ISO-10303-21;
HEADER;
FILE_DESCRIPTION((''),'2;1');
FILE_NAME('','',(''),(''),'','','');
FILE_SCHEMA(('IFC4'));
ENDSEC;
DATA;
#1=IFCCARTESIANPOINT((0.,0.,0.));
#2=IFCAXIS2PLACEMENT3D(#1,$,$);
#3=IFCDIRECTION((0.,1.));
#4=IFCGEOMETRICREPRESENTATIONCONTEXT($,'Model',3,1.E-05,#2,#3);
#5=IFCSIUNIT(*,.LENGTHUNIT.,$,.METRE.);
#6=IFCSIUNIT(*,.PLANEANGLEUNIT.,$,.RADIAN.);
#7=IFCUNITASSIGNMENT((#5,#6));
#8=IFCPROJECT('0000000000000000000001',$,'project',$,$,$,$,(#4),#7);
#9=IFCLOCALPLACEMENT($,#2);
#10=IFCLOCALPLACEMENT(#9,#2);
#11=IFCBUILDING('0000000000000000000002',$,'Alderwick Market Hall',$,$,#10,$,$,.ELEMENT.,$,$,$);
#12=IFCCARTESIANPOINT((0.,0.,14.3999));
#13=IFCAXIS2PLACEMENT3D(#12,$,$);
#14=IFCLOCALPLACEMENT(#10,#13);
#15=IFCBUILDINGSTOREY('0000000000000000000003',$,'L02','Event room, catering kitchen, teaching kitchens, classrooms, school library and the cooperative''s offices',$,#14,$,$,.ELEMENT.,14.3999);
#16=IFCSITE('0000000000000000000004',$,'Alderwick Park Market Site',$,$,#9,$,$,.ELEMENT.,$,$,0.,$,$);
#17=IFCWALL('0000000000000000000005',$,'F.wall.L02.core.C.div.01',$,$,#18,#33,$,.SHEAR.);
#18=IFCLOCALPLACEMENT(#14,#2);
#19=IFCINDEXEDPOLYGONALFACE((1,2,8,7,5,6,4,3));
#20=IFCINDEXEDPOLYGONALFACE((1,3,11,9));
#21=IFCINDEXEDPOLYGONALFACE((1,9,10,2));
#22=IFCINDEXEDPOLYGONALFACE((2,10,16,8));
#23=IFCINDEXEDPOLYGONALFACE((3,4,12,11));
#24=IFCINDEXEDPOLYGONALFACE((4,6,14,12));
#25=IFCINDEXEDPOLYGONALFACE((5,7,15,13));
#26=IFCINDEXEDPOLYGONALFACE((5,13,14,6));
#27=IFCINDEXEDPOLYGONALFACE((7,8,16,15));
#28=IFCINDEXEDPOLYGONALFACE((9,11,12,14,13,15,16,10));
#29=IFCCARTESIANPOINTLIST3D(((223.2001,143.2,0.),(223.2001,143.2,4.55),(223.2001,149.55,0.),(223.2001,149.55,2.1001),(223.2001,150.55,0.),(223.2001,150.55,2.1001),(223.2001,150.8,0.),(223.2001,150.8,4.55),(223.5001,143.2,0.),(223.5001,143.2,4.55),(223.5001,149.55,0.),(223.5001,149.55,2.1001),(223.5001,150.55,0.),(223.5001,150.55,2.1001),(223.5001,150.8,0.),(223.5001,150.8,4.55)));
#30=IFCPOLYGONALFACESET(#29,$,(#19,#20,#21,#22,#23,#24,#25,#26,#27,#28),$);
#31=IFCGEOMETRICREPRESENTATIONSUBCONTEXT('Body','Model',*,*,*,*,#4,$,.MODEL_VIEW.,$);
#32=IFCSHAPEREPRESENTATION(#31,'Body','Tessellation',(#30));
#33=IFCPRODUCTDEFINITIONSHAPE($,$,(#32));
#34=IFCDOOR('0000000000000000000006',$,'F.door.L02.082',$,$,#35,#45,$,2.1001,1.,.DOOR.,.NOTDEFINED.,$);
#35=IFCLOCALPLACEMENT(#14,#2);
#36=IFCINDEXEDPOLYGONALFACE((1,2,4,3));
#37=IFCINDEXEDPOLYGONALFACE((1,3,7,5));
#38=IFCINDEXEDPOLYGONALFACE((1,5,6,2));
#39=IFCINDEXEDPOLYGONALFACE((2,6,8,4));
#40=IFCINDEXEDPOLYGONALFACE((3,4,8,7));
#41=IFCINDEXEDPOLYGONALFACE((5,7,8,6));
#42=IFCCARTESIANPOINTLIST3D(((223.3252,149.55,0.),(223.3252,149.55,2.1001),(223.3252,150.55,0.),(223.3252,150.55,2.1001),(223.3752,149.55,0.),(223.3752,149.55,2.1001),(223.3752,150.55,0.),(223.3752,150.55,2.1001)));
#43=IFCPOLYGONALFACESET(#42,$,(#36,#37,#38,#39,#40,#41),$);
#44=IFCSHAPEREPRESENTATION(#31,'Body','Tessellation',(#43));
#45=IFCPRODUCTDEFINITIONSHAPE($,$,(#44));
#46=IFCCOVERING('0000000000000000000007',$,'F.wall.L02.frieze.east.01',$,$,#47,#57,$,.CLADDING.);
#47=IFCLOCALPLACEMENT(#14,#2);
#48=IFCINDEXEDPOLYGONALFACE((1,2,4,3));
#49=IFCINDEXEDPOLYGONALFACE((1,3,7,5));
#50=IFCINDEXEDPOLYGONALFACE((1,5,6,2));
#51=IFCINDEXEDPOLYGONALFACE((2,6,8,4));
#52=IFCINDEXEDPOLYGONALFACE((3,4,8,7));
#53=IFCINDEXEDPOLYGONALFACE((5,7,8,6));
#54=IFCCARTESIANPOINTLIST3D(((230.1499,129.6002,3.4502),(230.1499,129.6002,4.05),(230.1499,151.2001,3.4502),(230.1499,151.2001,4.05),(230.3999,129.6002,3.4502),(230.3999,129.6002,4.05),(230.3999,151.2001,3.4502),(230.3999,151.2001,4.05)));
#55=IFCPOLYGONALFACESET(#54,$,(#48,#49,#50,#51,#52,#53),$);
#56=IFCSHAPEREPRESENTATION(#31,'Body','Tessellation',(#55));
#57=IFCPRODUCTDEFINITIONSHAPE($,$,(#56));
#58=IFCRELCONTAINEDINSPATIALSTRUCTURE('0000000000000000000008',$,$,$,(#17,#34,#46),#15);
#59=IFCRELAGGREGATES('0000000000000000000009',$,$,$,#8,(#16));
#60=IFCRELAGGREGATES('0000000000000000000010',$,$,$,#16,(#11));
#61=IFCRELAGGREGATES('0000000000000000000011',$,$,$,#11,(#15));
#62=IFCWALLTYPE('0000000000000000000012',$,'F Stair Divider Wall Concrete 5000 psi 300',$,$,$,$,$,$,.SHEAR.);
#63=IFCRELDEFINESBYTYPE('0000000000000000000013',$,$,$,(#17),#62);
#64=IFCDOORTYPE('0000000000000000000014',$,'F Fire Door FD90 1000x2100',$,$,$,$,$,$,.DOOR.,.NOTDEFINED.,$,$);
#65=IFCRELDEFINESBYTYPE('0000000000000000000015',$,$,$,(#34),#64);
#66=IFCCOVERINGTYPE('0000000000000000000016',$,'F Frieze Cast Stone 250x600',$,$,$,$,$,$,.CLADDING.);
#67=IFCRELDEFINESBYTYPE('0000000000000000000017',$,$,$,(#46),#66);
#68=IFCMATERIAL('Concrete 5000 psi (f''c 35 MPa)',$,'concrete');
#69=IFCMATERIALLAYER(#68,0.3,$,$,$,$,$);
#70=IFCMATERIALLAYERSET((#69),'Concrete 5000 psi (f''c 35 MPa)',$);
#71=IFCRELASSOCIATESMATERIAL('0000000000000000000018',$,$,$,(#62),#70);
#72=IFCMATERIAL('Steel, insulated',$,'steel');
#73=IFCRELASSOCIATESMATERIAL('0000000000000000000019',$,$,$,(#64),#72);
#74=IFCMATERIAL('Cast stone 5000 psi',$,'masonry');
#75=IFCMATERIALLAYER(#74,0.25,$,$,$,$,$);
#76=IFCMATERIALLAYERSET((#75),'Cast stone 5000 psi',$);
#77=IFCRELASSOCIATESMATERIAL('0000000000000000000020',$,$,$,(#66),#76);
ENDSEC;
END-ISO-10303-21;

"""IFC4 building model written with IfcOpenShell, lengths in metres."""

from ifc_helpers import new_model, si_unit, direction, frame, frame_2d, origin, place, context, subcontext, project, spatial, rectangle, extrude, material, layer, layer_set, type_object, element, fill, save


model = new_model("IFC4")

# Units and contexts
model_context = context("Model", 3, precision=1e-05, world=origin(), true_north=direction((0.0, 1.0)))
body_context = subcontext(model_context, "Body", "Model", "MODEL_VIEW")
ifc_project = project(units=[si_unit("LENGTHUNIT", "METRE"), si_unit("PLANEANGLEUNIT", "RADIAN")], contexts=[model_context])

# Site, building, storey
site_placement = place(None, origin())
site = spatial("IfcSite", under=ifc_project, at=site_placement, Name="Alderwick Park Market Site", CompositionType="ELEMENT", RefElevation=0.0)
building_placement = place(site_placement, origin())
building = spatial("IfcBuilding", under=site, at=building_placement, Name="Alderwick Market Hall", CompositionType="ELEMENT")
storey_placement = place(building_placement, frame((0.0, 0.0, 14.3999)))
storey = spatial("IfcBuildingStorey", under=building, at=storey_placement, Name="L02", Description="Event room, catering kitchen, teaching kitchens, classrooms, school library and the cooperative's offices", CompositionType="ELEMENT", Elevation=14.3999)

# Shared definitions
ifc_material_1 = material(Name="Concrete 5000 psi (f'c 35 MPa)", Category="concrete")

# Wall, opening, door
ifc_layer_1 = layer(ifc_material_1, 0.3)
ifc_layer_set_1 = layer_set([ifc_layer_1], Name="Concrete 5000 psi (f'c 35 MPa)")
wall_type_1 = type_object("IfcWallType", Name="F Stair Divider Wall Concrete 5000 psi 300", PredefinedType="SHEAR", material=ifc_layer_set_1)
wall_1_placement = place(storey_placement, frame((223.3501, 143.2, 0.0), z_axis=(0.0, 0.0, 1.0), x_axis=(0.0, 1.0, 0.0)))
wall_1 = element("IfcWall", 1, at=wall_1_placement, inside=storey, type_object=wall_type_1, Name="F.wall.L02.core.C.div.01", PredefinedType="SHEAR", context=body_context, shape_type="SweptSolid", body=[
    extrude(rectangle(XDim=7.6001, YDim=0.3, at=frame_2d((3.8, 0.0))), origin(), (0.0, 0.0, 1.0), 4.55),
])
opening_1_placement = place(wall_1_placement, frame((6.3501, 0.0, 0.0)))
opening_1 = element("IfcOpeningElement", 2, at=opening_1_placement, cuts=wall_1, PredefinedType="OPENING", context=body_context, shape_type="SweptSolid", body=[
    extrude(rectangle(XDim=1.0, YDim=2.1001, at=frame_2d((0.5, 1.05))), frame((0.0, 0.1599, 0.0), z_axis=(0.0, -1.0, 0.0), x_axis=(1.0, 0.0, 0.0)), (0.0, 0.0, 1.0), 0.3201),
])
ifc_material_2 = material(Name="Steel, insulated", Category="steel")
door_type_1 = type_object("IfcDoorType", Name="F Fire Door FD90 1000x2100", OperationType="NOTDEFINED", PredefinedType="DOOR", material=ifc_material_2)
door_1_placement = place(opening_1_placement, origin())
door_1 = element("IfcDoor", 3, at=door_1_placement, inside=storey, type_object=door_type_1, Name="F.door.L02.082", OperationType="NOTDEFINED", OverallHeight=2.1001, OverallWidth=1.0, PredefinedType="DOOR", context=body_context, shape_type="SweptSolid", body=[
    extrude(rectangle(XDim=1.0, YDim=2.1001, at=frame_2d((0.5, 1.05))), frame((0.0, 0.0249, 0.0), z_axis=(0.0, -1.0, 0.0), x_axis=(1.0, 0.0, 0.0)), (0.0, 0.0, 1.0), 0.05),
])
fill(opening_1, door_1)

# Covering
ifc_material_3 = material(Name="Cast stone 5000 psi", Category="masonry")
ifc_layer_2 = layer(ifc_material_3, 0.25)
ifc_layer_set_2 = layer_set([ifc_layer_2], Name="Cast stone 5000 psi")
covering_type = type_object("IfcCoveringType", Name="F Frieze Cast Stone 250x600", PredefinedType="CLADDING", material=ifc_layer_set_2)
covering_placement = place(storey_placement, frame((230.2749, 151.2, 3.4502), z_axis=(0.0, 0.0, 1.0), x_axis=(0.0, -1.0, 0.0)))
element("IfcCovering", 4, at=covering_placement, inside=storey, type_object=covering_type, Name="F.wall.L02.frieze.east.01", PredefinedType="CLADDING", context=body_context, shape_type="SweptSolid", body=[
    extrude(rectangle(XDim=21.5999, YDim=0.25, at=frame_2d((10.7998, 0.0))), origin(), (0.0, 0.0, 1.0), 0.5999),
])

save(model, "model.ifc")
